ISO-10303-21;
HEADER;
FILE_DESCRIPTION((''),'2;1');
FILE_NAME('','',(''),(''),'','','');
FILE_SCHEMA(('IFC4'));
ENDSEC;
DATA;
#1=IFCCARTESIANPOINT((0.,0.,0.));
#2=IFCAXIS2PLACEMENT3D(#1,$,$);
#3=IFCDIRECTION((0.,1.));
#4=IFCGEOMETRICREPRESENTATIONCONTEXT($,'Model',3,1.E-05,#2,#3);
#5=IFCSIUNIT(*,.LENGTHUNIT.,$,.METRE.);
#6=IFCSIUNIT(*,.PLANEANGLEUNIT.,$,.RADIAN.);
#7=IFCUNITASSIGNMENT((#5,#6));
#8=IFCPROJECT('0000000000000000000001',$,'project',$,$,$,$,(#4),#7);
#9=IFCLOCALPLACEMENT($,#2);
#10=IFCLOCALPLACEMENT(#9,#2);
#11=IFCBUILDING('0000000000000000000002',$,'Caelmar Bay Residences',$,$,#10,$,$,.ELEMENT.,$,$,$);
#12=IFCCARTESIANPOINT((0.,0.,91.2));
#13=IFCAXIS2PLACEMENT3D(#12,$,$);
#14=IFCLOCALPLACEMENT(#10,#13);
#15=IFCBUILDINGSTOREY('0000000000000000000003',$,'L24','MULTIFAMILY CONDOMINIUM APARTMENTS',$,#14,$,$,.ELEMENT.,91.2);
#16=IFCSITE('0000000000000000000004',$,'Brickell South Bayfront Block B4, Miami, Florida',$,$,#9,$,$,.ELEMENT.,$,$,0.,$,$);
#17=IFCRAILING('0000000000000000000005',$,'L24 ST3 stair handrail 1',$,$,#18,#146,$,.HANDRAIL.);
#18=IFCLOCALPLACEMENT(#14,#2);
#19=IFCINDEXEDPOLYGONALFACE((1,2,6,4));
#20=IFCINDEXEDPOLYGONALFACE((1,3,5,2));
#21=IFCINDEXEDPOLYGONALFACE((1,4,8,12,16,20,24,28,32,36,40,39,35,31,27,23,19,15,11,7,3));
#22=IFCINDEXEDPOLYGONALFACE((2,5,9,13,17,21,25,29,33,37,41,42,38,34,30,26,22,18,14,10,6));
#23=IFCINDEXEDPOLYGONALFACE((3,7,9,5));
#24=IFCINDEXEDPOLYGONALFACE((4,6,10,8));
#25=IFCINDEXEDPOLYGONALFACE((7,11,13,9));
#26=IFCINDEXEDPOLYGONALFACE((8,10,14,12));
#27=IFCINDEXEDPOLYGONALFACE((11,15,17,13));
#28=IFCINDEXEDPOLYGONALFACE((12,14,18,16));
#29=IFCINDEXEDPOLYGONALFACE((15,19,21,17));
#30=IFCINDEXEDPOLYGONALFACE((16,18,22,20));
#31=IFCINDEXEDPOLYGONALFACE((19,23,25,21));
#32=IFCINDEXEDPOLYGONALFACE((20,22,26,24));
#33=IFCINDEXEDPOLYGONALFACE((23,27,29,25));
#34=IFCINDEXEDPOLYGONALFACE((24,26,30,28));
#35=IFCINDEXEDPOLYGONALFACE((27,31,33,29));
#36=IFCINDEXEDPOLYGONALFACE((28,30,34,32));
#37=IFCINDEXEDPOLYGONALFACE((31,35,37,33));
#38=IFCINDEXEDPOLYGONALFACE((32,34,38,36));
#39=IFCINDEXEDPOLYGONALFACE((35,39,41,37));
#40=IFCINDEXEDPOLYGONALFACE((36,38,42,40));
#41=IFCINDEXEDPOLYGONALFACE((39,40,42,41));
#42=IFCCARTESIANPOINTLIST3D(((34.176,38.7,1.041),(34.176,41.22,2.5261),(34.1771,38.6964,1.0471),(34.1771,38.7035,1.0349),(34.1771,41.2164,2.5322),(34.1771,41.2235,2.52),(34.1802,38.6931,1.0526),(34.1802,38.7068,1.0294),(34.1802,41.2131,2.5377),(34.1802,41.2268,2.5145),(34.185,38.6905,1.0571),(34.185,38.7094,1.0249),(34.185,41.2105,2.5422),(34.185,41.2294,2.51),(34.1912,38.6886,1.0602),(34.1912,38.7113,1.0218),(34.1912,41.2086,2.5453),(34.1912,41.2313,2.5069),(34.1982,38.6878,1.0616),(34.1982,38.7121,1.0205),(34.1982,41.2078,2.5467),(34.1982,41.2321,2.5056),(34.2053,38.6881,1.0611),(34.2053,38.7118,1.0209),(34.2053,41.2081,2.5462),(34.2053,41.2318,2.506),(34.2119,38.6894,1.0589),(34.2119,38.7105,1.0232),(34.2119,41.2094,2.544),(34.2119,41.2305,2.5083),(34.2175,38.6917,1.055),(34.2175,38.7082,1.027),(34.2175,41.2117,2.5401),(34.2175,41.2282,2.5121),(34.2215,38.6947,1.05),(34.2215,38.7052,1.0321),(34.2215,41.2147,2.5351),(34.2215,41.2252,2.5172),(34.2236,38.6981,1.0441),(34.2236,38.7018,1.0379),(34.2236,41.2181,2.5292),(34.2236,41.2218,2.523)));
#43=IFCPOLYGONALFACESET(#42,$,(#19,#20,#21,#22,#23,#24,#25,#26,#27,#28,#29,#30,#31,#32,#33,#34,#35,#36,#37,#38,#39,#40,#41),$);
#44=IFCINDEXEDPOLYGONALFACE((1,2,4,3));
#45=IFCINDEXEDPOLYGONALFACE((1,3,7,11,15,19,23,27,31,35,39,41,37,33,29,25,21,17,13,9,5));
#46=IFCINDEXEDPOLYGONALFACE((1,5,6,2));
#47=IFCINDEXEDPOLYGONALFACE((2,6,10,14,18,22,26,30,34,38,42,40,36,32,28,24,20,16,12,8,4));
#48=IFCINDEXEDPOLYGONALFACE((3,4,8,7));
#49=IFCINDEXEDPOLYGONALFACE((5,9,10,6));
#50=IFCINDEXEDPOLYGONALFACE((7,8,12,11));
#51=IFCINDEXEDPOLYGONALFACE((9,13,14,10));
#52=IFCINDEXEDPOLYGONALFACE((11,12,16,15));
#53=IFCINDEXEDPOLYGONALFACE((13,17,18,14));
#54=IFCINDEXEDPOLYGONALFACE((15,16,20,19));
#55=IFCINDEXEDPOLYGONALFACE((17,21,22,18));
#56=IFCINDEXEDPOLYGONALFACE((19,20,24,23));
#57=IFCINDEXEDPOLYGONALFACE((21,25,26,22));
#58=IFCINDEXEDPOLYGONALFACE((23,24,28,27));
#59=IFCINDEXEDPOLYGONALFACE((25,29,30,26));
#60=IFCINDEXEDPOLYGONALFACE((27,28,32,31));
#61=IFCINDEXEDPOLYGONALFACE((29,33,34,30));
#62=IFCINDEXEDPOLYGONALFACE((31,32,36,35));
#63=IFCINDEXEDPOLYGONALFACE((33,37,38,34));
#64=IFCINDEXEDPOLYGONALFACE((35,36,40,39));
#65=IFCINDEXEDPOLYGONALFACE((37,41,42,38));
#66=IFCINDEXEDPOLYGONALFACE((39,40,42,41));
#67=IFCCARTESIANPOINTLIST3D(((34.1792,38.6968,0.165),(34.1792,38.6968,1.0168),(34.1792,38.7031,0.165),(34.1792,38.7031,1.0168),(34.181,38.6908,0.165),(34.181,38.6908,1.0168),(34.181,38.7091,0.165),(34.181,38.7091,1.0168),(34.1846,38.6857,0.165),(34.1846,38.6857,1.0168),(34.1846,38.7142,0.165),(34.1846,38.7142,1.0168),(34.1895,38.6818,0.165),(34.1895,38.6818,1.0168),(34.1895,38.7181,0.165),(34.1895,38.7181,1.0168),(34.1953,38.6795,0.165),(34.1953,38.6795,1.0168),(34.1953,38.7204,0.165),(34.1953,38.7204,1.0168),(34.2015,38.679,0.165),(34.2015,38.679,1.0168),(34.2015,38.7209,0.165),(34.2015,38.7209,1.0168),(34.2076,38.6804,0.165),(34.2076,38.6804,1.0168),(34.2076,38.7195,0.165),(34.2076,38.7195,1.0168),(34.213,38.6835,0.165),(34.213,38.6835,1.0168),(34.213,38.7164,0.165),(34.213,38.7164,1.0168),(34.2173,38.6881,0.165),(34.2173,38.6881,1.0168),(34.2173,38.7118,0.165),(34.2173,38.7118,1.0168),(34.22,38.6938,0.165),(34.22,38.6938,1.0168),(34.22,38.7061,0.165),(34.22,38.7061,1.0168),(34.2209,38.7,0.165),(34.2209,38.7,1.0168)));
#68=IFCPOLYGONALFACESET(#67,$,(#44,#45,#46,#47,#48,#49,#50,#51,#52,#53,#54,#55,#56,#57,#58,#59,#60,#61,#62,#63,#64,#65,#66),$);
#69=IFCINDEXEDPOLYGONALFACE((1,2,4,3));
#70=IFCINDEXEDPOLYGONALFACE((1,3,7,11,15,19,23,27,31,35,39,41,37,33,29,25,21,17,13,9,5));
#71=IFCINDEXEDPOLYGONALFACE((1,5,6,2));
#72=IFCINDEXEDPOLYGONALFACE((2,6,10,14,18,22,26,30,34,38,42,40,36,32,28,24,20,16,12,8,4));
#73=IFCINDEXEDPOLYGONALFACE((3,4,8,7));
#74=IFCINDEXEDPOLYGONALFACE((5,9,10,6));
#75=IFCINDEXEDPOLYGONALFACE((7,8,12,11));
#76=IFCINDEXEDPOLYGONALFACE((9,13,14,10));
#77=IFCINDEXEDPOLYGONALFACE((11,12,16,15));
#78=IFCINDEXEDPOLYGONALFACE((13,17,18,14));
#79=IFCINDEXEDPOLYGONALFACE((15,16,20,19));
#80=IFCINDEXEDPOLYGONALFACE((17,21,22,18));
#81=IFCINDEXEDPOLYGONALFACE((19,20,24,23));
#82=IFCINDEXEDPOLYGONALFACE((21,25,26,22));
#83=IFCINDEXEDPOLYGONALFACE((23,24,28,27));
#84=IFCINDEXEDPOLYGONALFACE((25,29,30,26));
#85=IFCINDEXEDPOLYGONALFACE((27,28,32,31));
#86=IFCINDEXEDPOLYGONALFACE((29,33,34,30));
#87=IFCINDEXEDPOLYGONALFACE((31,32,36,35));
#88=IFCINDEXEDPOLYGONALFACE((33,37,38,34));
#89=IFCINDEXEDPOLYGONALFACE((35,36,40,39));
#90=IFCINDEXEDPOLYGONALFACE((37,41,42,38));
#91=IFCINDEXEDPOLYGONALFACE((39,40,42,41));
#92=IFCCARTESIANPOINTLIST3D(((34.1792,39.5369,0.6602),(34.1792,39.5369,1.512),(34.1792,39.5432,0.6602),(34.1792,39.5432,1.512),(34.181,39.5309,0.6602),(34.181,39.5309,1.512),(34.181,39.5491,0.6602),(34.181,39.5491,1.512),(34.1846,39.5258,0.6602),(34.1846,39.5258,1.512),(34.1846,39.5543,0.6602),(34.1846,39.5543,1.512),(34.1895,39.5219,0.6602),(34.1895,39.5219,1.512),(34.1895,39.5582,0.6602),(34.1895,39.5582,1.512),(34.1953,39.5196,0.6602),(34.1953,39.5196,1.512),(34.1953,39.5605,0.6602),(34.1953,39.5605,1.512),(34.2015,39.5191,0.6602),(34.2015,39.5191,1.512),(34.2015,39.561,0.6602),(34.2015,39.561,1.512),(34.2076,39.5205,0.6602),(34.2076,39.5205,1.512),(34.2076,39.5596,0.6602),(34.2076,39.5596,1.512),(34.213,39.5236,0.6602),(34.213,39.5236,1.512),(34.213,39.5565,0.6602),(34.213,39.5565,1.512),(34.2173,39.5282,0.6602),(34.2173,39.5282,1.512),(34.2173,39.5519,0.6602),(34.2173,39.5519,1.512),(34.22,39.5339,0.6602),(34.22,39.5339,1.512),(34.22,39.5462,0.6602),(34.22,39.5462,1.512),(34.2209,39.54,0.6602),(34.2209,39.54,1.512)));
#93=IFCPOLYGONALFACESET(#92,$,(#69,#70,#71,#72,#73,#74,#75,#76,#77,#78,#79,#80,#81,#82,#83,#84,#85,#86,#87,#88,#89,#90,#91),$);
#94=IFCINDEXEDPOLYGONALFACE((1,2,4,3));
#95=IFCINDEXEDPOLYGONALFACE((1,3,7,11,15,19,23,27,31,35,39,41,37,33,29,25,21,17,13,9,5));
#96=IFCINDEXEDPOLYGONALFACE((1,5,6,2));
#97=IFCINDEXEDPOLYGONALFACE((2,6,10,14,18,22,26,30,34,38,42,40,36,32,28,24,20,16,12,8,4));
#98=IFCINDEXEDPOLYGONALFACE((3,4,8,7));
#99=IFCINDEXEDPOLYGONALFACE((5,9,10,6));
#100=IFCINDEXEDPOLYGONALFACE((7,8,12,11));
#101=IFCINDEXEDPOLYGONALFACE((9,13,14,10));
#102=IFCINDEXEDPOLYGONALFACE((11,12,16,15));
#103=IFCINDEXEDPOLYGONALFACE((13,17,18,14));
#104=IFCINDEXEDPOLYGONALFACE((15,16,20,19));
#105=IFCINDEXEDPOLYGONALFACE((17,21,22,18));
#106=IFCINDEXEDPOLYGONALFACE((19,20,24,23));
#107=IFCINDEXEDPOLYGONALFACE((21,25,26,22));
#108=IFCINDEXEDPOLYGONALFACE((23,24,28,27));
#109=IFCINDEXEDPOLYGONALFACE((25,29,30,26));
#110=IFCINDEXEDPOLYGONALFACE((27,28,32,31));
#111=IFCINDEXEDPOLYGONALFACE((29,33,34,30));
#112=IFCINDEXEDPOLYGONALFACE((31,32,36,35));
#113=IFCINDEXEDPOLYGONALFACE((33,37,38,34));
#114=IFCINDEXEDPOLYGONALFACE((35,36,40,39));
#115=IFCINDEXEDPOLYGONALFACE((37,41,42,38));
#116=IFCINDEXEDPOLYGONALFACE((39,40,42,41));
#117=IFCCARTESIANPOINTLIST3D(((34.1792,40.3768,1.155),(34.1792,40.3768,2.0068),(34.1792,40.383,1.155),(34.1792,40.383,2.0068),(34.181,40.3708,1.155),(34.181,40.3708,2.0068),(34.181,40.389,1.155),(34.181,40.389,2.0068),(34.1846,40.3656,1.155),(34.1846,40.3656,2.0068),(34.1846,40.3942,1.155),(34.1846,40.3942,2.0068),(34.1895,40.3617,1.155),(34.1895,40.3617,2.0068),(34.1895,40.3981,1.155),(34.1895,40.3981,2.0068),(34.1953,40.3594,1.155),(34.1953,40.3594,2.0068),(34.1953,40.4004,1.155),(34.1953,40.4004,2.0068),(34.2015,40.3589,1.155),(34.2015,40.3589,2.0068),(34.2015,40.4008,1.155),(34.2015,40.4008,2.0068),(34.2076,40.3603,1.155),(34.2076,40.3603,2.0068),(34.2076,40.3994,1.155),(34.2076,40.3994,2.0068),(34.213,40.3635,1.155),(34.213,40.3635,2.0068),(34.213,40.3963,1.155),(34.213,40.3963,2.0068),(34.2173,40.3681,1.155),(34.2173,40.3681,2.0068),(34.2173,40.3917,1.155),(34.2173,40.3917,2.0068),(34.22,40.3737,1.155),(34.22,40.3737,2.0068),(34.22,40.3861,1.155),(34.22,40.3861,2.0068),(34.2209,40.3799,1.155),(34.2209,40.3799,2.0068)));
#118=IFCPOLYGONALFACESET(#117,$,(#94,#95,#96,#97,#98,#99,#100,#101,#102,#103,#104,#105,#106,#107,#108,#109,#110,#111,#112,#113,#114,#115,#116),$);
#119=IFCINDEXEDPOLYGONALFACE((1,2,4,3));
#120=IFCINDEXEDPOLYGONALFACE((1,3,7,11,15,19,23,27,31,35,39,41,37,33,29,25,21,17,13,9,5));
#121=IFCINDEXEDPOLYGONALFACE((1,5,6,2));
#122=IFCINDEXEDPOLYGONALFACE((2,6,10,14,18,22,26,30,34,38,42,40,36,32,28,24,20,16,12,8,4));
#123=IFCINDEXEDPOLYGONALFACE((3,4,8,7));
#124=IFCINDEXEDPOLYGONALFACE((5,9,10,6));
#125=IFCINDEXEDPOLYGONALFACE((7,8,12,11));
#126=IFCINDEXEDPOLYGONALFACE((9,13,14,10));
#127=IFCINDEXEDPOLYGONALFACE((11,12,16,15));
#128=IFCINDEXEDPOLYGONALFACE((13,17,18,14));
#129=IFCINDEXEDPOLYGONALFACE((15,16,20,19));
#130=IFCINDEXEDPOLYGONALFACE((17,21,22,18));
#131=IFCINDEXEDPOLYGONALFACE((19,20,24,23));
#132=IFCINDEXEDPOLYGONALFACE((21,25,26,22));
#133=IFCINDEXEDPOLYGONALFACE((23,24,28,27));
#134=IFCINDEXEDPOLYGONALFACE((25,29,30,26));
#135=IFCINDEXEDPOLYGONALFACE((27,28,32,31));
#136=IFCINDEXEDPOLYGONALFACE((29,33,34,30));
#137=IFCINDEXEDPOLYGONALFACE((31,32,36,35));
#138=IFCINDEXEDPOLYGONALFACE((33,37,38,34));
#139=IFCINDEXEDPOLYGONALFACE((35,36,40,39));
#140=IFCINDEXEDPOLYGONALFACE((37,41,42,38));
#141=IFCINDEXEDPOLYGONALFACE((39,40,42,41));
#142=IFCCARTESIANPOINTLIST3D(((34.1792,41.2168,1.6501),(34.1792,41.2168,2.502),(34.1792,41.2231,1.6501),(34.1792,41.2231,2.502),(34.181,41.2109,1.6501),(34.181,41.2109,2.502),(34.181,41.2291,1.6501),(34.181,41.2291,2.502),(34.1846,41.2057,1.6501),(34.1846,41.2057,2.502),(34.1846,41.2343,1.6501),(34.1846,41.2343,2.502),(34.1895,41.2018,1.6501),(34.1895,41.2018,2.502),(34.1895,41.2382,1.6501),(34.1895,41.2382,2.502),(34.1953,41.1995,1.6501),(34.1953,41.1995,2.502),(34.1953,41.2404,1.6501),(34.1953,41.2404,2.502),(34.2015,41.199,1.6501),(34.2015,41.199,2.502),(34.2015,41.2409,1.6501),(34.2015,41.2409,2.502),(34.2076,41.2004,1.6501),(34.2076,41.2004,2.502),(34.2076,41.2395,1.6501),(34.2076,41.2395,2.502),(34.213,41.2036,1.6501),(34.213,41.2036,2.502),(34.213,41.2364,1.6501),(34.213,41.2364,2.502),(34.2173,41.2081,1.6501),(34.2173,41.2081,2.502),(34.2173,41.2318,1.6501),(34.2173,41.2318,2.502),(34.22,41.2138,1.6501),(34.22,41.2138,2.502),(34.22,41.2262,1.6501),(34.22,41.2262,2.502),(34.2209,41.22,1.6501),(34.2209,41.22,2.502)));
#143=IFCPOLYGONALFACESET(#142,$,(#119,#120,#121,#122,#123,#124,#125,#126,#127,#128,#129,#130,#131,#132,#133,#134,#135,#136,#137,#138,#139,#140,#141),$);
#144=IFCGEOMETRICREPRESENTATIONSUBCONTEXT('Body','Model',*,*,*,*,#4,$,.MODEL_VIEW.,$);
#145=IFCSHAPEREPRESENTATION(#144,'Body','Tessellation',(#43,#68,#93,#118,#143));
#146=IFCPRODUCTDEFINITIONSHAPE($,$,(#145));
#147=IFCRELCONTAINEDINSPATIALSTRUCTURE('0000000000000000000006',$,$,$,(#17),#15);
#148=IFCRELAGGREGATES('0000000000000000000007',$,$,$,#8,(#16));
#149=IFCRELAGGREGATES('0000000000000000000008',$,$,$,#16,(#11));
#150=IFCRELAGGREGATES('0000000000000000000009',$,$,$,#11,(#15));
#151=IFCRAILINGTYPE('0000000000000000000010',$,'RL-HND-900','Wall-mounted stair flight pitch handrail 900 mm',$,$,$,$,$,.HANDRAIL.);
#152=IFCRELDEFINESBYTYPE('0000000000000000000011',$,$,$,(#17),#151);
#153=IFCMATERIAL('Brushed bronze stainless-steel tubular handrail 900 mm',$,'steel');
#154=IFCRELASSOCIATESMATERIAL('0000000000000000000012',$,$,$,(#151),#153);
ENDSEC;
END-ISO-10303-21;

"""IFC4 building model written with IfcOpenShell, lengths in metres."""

from ifc_helpers import new_model, si_unit, direction, frame, origin, origin_2d, place, context, subcontext, project, spatial, circle, extrude, material, type_object, element, save


model = new_model("IFC4")

# Units and contexts
model_context = context("Model", 3, precision=1e-05, world=origin(), true_north=direction((0.0, 1.0)))
body_context = subcontext(model_context, "Body", "Model", "MODEL_VIEW")
ifc_project = project(units=[si_unit("LENGTHUNIT", "METRE"), si_unit("PLANEANGLEUNIT", "RADIAN")], contexts=[model_context])

# Site, building, storey
site_placement = place(None, origin())
site = spatial("IfcSite", under=ifc_project, at=site_placement, Name="Brickell South Bayfront Block B4, Miami, Florida", CompositionType="ELEMENT", RefElevation=0.0)
building_placement = place(site_placement, origin())
building = spatial("IfcBuilding", under=site, at=building_placement, Name="Caelmar Bay Residences", CompositionType="ELEMENT")
storey_placement = place(building_placement, frame((0.0, 0.0, 91.2)))
storey = spatial("IfcBuildingStorey", under=building, at=storey_placement, Name="L24", Description="MULTIFAMILY CONDOMINIUM APARTMENTS", CompositionType="ELEMENT", Elevation=91.2)

# Railing
ifc_material_1 = material(Name="Brushed bronze stainless-steel tubular handrail 900 mm", Category="steel")
railing_type_1 = type_object("IfcRailingType", Name="RL-HND-900", Description="Wall-mounted stair flight pitch handrail 900 mm", PredefinedType="HANDRAIL", material=ifc_material_1)
railing_1_placement = place(storey_placement, frame((34.2, 38.7, 0.165)))
element("IfcRailing", 1, at=railing_1_placement, inside=storey, type_object=railing_type_1, Name="L24 ST3 stair handrail 1", PredefinedType="HANDRAIL", context=body_context, shape_type="SweptSolid", body=[
    extrude(circle(Radius=0.0239, at=origin_2d()), frame((0.0, 0.0, 0.876), z_axis=(0.0, 0.861524, 0.507717), x_axis=(-1.0, 0.0, 0.0)), (0.0, 0.0, 1.0), 2.925),
    extrude(circle(Radius=0.021, at=origin_2d()), origin(), (0.0, 0.0, 1.0), 0.8518),
    extrude(circle(Radius=0.021, at=origin_2d()), frame((0.0, 0.8401, 0.4951)), (0.0, 0.0, 1.0), 0.8518),
    extrude(circle(Radius=0.021, at=origin_2d()), frame((0.0, 1.6799, 0.99)), (0.0, 0.0, 1.0), 0.8518),
    extrude(circle(Radius=0.021, at=origin_2d()), frame((0.0, 2.52, 1.4851)), (0.0, 0.0, 1.0), 0.8518),
])

save(model, "model.ifc")
